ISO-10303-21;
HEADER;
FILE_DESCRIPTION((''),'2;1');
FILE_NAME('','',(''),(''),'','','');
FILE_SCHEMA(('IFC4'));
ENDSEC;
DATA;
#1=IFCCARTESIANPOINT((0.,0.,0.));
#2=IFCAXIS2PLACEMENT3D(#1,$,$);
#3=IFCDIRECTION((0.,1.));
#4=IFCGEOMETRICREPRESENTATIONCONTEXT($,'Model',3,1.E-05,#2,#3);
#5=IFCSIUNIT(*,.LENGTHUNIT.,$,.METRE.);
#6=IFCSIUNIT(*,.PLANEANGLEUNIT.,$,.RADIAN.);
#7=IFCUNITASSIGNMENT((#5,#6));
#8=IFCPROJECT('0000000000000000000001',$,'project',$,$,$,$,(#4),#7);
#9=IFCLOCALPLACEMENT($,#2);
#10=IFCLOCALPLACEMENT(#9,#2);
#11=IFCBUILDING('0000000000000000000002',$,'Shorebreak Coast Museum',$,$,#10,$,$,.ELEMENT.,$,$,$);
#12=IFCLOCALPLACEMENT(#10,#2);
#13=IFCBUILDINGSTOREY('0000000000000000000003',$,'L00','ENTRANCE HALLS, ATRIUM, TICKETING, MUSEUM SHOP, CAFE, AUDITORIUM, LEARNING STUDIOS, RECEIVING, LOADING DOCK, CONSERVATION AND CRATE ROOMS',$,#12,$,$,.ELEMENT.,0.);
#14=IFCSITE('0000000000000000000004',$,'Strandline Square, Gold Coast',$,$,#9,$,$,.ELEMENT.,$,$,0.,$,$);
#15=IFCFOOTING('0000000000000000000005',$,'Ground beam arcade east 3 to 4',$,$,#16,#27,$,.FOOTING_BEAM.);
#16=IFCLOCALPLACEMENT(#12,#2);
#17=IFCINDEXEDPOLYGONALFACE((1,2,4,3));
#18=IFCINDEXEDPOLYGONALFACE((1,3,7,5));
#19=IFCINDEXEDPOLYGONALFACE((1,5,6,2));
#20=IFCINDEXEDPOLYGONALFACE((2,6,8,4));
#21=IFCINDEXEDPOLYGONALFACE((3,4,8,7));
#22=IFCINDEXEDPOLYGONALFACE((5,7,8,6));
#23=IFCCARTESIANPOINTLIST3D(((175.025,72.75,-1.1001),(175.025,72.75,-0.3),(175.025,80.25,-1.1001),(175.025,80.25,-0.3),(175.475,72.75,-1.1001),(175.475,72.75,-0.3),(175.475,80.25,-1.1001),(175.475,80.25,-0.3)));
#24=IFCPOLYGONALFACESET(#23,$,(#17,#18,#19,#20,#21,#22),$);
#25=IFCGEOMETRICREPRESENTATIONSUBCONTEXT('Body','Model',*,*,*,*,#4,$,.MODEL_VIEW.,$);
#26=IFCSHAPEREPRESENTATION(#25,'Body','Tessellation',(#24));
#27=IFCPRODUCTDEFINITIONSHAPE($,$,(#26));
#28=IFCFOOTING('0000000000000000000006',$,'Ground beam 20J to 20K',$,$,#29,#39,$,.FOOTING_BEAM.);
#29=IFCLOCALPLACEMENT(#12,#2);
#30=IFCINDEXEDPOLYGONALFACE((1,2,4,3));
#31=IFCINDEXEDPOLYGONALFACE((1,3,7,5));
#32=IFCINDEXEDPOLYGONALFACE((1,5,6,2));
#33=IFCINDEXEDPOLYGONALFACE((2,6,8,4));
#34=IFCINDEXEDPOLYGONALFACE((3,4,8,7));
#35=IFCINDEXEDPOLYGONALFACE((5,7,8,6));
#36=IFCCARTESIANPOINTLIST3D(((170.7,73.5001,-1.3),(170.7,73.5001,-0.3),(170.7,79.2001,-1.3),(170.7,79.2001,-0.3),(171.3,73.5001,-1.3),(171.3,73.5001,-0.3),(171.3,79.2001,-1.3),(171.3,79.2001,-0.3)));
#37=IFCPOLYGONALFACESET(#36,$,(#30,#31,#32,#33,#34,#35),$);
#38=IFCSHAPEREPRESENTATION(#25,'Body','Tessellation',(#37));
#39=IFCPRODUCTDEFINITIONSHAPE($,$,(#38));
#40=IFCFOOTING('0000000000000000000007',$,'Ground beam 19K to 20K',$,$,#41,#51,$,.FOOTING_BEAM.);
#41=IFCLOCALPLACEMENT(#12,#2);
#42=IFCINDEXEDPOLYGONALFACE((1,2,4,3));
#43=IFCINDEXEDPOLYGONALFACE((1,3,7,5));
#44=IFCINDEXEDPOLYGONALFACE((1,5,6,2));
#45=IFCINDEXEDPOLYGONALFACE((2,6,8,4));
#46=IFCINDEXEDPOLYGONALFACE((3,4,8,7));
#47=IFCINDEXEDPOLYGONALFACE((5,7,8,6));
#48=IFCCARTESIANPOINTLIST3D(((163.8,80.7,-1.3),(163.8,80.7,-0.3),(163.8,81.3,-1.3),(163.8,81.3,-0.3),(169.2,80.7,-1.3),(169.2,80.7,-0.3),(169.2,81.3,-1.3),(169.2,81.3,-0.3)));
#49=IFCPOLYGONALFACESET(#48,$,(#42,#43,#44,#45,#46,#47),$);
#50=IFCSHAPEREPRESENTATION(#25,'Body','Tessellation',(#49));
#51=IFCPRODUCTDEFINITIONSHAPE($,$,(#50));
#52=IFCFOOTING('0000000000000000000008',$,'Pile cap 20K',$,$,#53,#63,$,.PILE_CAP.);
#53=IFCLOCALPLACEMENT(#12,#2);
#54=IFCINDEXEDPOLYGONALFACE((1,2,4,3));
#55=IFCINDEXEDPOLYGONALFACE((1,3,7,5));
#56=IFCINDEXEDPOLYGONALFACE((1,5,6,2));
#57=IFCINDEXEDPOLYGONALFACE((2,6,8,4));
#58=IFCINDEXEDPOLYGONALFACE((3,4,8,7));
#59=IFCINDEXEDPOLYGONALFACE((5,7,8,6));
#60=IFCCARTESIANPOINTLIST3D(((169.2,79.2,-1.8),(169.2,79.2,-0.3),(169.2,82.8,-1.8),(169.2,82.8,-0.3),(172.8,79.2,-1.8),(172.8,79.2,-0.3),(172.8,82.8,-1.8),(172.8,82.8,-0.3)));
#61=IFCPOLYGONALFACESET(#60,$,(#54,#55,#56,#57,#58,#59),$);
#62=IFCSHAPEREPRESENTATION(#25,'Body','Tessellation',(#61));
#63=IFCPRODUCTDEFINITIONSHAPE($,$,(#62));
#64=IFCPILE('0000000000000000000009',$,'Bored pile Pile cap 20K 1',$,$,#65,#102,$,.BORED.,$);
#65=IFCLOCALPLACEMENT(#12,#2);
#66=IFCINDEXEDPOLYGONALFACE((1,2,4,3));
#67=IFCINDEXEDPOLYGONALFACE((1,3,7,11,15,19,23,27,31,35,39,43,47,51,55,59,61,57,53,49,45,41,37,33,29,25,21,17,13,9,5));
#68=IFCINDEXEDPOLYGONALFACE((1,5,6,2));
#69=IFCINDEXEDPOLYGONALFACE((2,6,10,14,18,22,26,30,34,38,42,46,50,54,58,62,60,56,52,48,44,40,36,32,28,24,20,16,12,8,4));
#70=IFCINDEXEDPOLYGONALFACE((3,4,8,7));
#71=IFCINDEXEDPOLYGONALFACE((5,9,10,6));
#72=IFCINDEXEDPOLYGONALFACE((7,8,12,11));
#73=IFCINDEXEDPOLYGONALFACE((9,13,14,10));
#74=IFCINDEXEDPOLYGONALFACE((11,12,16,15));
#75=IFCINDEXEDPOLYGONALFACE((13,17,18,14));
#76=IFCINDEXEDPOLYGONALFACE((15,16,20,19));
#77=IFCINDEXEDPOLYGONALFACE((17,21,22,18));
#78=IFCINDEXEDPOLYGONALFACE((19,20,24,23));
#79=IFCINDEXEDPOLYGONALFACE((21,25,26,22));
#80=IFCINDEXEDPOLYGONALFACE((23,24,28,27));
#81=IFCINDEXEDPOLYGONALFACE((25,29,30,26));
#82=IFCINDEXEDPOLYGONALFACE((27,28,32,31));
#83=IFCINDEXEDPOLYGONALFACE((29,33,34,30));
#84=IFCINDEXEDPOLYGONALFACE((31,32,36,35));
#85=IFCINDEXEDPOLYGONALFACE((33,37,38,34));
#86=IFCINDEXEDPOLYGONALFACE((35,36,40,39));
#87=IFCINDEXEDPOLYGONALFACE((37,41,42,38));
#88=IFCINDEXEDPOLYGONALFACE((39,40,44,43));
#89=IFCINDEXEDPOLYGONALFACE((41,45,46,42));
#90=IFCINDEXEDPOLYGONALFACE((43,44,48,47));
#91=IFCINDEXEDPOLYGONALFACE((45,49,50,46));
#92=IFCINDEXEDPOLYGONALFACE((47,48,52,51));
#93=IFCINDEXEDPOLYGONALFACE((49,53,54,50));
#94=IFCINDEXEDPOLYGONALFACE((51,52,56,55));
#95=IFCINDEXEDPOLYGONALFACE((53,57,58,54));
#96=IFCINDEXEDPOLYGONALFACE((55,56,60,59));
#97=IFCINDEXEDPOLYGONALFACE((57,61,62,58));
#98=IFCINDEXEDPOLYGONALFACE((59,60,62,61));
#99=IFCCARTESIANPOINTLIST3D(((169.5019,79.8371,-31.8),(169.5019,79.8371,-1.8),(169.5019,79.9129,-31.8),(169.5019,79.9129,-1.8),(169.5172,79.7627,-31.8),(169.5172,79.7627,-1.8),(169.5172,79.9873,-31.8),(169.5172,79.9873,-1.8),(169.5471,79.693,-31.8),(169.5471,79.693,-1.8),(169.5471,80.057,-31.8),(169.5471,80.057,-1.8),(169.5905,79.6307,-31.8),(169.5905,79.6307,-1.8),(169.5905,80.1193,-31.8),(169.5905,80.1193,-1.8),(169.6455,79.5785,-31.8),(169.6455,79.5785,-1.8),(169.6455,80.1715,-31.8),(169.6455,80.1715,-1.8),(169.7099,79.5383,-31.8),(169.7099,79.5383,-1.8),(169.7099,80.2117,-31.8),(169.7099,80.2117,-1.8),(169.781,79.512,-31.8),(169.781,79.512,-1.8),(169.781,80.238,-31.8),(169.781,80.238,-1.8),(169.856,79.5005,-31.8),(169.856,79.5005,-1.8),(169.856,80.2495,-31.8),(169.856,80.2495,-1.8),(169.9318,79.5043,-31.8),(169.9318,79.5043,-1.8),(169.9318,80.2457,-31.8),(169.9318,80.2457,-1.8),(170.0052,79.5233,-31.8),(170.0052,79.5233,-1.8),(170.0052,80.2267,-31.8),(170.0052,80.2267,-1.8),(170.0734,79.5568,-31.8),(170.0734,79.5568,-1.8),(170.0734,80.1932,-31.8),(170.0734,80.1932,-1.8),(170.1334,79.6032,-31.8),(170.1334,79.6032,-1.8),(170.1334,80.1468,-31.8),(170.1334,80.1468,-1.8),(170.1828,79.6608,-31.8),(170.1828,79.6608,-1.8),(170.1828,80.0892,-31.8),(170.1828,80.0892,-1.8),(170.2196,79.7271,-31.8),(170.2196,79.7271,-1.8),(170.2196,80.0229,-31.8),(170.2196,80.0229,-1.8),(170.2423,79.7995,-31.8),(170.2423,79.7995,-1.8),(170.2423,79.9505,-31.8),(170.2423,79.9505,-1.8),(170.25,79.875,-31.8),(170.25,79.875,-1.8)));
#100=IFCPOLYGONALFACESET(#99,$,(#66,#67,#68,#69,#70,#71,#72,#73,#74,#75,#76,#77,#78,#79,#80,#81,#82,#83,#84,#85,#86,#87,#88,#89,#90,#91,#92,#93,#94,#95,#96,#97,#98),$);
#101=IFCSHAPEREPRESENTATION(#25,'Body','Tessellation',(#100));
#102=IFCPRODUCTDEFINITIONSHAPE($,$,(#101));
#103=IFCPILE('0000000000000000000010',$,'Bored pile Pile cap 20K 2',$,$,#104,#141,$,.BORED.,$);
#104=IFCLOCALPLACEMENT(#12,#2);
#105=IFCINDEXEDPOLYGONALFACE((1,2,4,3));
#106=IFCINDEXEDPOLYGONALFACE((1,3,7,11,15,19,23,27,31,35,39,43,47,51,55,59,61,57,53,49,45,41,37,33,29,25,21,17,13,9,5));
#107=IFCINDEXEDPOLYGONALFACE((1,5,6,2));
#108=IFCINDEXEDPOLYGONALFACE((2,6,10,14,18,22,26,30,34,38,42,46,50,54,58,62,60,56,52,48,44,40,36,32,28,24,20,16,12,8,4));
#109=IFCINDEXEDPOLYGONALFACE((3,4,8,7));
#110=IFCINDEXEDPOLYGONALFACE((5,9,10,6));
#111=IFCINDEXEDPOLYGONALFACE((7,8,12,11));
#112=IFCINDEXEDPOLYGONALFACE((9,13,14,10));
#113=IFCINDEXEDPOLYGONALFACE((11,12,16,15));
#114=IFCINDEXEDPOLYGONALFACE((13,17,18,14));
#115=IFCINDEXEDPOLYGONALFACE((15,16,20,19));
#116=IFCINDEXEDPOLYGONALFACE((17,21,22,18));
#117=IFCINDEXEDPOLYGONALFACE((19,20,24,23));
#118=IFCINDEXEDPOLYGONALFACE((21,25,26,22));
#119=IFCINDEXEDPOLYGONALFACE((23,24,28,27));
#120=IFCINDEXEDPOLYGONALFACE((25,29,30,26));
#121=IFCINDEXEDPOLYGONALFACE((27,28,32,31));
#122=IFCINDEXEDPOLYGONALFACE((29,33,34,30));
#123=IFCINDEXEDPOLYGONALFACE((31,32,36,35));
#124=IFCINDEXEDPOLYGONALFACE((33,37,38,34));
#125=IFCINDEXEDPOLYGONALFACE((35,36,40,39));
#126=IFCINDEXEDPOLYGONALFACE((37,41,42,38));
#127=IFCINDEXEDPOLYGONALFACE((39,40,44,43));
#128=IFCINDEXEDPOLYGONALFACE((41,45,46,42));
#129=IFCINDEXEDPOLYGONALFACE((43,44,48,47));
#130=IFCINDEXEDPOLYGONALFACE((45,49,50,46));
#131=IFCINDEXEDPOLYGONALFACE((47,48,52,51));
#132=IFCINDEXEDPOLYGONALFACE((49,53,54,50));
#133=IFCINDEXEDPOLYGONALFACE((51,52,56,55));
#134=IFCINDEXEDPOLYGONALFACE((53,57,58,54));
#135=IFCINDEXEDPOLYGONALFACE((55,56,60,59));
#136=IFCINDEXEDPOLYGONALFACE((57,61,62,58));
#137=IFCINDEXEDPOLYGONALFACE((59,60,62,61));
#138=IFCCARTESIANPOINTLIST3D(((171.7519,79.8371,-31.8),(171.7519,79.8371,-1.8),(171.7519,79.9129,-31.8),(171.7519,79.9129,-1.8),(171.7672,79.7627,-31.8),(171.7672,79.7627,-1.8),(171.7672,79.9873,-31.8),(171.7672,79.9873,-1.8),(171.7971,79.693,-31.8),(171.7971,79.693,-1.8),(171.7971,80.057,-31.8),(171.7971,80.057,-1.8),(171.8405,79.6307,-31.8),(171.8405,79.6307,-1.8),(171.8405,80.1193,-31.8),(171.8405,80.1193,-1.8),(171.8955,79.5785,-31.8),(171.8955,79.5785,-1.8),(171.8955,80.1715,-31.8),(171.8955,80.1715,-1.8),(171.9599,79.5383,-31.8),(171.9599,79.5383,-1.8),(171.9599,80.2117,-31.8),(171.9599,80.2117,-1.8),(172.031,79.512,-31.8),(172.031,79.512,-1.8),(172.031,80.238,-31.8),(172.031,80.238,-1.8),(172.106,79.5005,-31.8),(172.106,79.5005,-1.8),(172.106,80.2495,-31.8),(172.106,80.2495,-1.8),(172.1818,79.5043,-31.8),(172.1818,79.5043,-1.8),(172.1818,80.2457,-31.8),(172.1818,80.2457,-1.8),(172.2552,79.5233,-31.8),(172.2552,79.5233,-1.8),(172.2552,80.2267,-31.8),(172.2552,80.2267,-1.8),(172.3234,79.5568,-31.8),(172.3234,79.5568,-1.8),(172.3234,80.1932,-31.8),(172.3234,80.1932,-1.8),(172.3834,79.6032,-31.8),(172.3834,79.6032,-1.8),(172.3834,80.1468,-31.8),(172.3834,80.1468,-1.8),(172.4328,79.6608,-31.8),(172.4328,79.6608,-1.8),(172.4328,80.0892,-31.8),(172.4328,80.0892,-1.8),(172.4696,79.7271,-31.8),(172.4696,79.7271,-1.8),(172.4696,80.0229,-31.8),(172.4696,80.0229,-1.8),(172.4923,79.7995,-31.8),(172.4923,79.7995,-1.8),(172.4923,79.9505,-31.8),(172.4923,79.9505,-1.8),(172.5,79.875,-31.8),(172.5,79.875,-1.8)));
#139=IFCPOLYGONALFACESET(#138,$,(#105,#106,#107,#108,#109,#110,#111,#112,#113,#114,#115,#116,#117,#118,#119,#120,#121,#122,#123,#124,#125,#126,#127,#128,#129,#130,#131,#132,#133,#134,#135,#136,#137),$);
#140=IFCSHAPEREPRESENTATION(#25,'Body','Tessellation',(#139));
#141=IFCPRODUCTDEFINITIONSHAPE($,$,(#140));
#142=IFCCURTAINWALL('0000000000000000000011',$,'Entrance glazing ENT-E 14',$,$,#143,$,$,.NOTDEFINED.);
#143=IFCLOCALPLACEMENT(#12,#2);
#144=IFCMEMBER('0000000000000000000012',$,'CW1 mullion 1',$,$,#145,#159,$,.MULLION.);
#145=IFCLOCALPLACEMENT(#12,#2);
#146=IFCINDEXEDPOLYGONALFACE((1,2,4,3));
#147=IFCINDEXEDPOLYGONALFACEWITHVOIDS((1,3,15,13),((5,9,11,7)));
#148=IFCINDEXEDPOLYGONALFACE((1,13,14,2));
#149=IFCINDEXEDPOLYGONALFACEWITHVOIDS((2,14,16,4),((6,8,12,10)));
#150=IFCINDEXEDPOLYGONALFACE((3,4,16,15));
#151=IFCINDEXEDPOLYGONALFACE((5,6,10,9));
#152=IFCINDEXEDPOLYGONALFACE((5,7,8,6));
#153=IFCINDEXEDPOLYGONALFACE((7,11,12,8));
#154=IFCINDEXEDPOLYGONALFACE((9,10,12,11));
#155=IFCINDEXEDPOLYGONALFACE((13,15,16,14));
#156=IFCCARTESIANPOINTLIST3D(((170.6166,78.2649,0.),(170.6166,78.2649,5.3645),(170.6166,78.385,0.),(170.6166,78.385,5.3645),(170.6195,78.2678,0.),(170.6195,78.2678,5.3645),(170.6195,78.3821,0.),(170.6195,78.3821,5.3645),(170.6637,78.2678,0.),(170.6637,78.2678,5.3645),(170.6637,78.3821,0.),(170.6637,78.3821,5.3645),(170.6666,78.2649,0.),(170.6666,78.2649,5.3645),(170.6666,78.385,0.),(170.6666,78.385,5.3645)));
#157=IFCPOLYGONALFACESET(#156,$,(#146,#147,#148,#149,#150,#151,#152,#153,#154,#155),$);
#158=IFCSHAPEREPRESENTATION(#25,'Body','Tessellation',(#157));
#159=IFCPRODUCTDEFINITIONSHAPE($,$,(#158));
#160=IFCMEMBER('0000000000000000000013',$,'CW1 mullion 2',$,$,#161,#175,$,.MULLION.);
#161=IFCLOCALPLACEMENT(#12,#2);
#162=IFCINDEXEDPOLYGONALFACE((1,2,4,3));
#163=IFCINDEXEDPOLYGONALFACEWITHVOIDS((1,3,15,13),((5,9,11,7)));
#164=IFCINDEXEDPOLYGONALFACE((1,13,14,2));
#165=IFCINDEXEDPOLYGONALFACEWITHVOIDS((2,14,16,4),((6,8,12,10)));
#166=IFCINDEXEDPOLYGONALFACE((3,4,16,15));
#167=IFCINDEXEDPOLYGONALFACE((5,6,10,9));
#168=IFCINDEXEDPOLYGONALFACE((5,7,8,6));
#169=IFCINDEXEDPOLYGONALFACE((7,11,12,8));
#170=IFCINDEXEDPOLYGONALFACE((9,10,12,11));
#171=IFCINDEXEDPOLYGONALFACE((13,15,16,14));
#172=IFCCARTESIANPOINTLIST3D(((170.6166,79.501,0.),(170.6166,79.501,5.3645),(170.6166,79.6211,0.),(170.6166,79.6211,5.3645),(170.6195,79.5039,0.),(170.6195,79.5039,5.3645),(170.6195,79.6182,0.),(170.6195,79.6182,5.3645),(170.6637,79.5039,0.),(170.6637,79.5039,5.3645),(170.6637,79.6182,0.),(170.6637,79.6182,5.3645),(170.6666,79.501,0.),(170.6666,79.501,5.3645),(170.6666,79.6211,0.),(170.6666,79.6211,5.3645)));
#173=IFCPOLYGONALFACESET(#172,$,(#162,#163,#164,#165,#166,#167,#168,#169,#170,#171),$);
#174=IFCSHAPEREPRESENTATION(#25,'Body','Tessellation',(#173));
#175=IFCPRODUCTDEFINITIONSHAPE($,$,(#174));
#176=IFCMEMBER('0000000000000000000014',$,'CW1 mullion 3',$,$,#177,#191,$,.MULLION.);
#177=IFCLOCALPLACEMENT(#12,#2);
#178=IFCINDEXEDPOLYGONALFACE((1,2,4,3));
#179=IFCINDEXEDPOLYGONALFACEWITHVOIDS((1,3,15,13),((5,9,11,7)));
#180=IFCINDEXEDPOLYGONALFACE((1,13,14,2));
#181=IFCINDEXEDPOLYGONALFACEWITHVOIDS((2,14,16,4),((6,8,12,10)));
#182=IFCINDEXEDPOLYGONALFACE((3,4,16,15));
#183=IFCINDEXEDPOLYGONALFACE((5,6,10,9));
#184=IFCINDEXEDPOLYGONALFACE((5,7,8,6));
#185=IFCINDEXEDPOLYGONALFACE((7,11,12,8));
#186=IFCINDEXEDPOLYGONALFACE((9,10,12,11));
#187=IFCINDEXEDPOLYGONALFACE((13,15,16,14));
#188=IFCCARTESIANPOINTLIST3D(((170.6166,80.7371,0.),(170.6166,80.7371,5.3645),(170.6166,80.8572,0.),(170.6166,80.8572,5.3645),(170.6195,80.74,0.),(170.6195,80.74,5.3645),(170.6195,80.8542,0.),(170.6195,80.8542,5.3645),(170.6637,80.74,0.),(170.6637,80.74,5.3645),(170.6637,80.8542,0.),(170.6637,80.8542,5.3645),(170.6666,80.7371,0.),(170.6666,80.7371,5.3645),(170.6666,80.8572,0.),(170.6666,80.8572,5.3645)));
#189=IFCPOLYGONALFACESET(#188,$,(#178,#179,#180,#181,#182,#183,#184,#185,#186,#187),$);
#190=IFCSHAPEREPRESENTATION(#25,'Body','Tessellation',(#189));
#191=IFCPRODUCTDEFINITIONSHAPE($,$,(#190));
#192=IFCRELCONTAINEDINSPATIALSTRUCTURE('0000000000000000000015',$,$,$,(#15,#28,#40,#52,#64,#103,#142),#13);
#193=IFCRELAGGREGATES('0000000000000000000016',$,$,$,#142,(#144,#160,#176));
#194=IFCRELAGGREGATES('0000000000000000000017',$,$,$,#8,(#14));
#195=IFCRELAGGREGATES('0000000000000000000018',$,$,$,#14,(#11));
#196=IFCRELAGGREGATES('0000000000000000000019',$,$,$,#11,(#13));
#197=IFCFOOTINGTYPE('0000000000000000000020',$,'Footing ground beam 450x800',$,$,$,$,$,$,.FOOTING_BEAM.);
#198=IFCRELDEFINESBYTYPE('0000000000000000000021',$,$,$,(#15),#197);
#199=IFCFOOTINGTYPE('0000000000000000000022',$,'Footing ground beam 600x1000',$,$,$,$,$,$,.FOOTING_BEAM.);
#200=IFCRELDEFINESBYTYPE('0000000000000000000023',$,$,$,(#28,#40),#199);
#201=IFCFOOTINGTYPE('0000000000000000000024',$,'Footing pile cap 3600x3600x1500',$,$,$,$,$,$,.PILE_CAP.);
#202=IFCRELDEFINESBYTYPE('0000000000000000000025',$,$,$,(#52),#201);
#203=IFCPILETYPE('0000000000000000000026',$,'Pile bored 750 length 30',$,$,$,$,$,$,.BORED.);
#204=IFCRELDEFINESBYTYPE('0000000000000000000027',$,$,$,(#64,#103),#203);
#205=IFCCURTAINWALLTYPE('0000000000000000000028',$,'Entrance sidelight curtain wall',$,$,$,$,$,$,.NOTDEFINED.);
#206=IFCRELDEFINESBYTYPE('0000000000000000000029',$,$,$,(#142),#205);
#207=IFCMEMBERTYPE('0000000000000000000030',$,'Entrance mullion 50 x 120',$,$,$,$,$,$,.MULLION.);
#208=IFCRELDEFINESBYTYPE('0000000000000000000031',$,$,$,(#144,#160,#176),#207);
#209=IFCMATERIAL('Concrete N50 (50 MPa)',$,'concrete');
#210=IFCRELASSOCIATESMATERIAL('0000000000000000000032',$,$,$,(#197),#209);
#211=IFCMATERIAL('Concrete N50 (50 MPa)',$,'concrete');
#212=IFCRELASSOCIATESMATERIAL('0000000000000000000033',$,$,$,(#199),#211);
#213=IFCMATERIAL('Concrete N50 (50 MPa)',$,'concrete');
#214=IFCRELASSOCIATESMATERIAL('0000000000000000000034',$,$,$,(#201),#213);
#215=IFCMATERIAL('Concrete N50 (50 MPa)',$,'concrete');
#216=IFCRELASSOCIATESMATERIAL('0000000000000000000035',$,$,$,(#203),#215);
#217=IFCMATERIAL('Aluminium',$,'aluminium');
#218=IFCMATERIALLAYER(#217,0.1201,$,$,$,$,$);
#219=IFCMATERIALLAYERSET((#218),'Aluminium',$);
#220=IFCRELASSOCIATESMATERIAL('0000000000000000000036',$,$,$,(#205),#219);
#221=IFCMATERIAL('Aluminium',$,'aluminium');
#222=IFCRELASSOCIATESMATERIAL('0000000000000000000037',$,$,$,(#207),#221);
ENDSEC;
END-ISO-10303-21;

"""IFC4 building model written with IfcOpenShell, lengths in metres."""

from ifc_helpers import new_model, si_unit, direction, frame, origin, origin_2d, place, context, subcontext, project, spatial, rectangle, hollow_rectangle, circle, extrude, material, layer, layer_set, material_profile, profile_set, type_object, element, aggregate, save


model = new_model("IFC4")

# Units and contexts
model_context = context("Model", 3, precision=1e-05, world=origin(), true_north=direction((0.0, 1.0)))
body_context = subcontext(model_context, "Body", "Model", "MODEL_VIEW")
ifc_project = project(units=[si_unit("LENGTHUNIT", "METRE"), si_unit("PLANEANGLEUNIT", "RADIAN")], contexts=[model_context])

# Site, building, storey
site_placement = place(None, origin())
site = spatial("IfcSite", under=ifc_project, at=site_placement, Name="Strandline Square, Gold Coast", CompositionType="ELEMENT", RefElevation=0.0)
building_placement = place(site_placement, origin())
building = spatial("IfcBuilding", under=site, at=building_placement, Name="Shorebreak Coast Museum", CompositionType="ELEMENT")
storey_placement = place(building_placement, origin())
storey = spatial("IfcBuildingStorey", under=building, at=storey_placement, Name="L00", Description="ENTRANCE HALLS, ATRIUM, TICKETING, MUSEUM SHOP, CAFE, AUDITORIUM, LEARNING STUDIOS, RECEIVING, LOADING DOCK, CONSERVATION AND CRATE ROOMS", CompositionType="ELEMENT", Elevation=0.0)

# Footings
ifc_material_1 = material(Name="Concrete N50 (50 MPa)", Category="concrete")
footing_type_1 = type_object("IfcFootingType", Name="Footing ground beam 450x800", PredefinedType="FOOTING_BEAM", material=ifc_material_1)
footing_1_placement = place(storey_placement, frame((175.25, 76.5, -1.1001), z_axis=(0.0, 0.0, 1.0), x_axis=(1.0, 0.0, 0.0)))
element("IfcFooting", 1, at=footing_1_placement, inside=storey, type_object=footing_type_1, Name="Ground beam arcade east 3 to 4", PredefinedType="FOOTING_BEAM", context=body_context, shape_type="SweptSolid", body=[
    extrude(rectangle(XDim=0.45, YDim=7.5, at=origin_2d()), origin(), (0.0, 0.0, 1.0), 0.8),
])
ifc_material_2 = material(Name="Concrete N50 (50 MPa)", Category="concrete")
footing_type_2 = type_object("IfcFootingType", Name="Footing ground beam 600x1000", PredefinedType="FOOTING_BEAM", material=ifc_material_2)
footing_2_placement = place(storey_placement, frame((171.0, 76.3501, -1.3), z_axis=(0.0, 0.0, 1.0), x_axis=(1.0, 0.0, 0.0)))
element("IfcFooting", 2, at=footing_2_placement, inside=storey, type_object=footing_type_2, Name="Ground beam 20J to 20K", PredefinedType="FOOTING_BEAM", context=body_context, shape_type="SweptSolid", body=[
    extrude(rectangle(XDim=0.6001, YDim=5.7, at=origin_2d()), origin(), (0.0, 0.0, 1.0), 1.0),
])
footing_3_placement = place(storey_placement, frame((166.5, 81.0, -1.3), z_axis=(0.0, 0.0, 1.0), x_axis=(1.0, 0.0, 0.0)))
element("IfcFooting", 3, at=footing_3_placement, inside=storey, type_object=footing_type_2, Name="Ground beam 19K to 20K", PredefinedType="FOOTING_BEAM", context=body_context, shape_type="SweptSolid", body=[
    extrude(rectangle(XDim=5.3999, YDim=0.6001, at=origin_2d()), origin(), (0.0, 0.0, 1.0), 1.0),
])
ifc_material_3 = material(Name="Concrete N50 (50 MPa)", Category="concrete")
footing_type_3 = type_object("IfcFootingType", Name="Footing pile cap 3600x3600x1500", PredefinedType="PILE_CAP", material=ifc_material_3)
footing_4_placement = place(storey_placement, frame((171.0, 81.0, -1.8), z_axis=(0.0, 0.0, 1.0), x_axis=(1.0, 0.0, 0.0)))
element("IfcFooting", 4, at=footing_4_placement, inside=storey, type_object=footing_type_3, Name="Pile cap 20K", PredefinedType="PILE_CAP", context=body_context, shape_type="SweptSolid", body=[
    extrude(rectangle(XDim=3.6001, YDim=3.6001, at=origin_2d()), origin(), (0.0, 0.0, 1.0), 1.5),
])

# Piles
ifc_material_4 = material(Name="Concrete N50 (50 MPa)", Category="concrete")
ifc_material_profile_1 = material_profile(ifc_material_4, circle(Radius=0.375, at=origin_2d()), Name="Pile bored 750 length 30")
ifc_profile_set_1 = profile_set([ifc_material_profile_1], Name="Concrete N50 (50 MPa)")
pile_type = type_object("IfcPileType", Name="Pile bored 750 length 30", PredefinedType="BORED", material=ifc_profile_set_1)
for number, where, z_axis, x_axis, name in (
    (5, (169.875, 79.875, -1.8), (0.0, 0.0, -1.0), (1.0, 0.0, 0.0), "Bored pile Pile cap 20K 1"),
    (6, (172.125, 79.875, -1.8), (0.0, 0.0, -1.0), (1.0, 0.0, 0.0), "Bored pile Pile cap 20K 2"),
):
    element("IfcPile", number, at=place(storey_placement, frame(where, z_axis=z_axis, x_axis=x_axis)), inside=storey, type_object=pile_type, Name=name, PredefinedType="BORED", context=body_context, shape_type="SweptSolid", body=[
        extrude(circle(Radius=0.375, at=origin_2d()), origin(), (0.0, 0.0, 1.0), 30.0),
    ])

# Curtain wall, members
ifc_material_5 = material(Name="Aluminium", Category="aluminium")
ifc_layer_1 = layer(ifc_material_5, 0.1201)
ifc_layer_set_1 = layer_set([ifc_layer_1], Name="Aluminium")
curtain_wall_type = type_object("IfcCurtainWallType", Name="Entrance sidelight curtain wall", PredefinedType="NOTDEFINED", material=ifc_layer_set_1)
curtain_wall_placement = place(storey_placement, origin())
curtain_wall = element("IfcCurtainWall", 7, at=curtain_wall_placement, inside=storey, type_object=curtain_wall_type, Name="Entrance glazing ENT-E 14", PredefinedType="NOTDEFINED")
ifc_material_6 = material(Name="Aluminium", Category="aluminium")
ifc_material_profile_2 = material_profile(ifc_material_6, hollow_rectangle(XDim=0.05, YDim=0.1201, WallThickness=0.0029, at=origin_2d()), Name="AL 120x50 RHS")
ifc_profile_set_2 = profile_set([ifc_material_profile_2], Name="Aluminium")
member_type_1 = type_object("IfcMemberType", Name="Entrance mullion 50 x 120", PredefinedType="MULLION", material=ifc_profile_set_2)
member_1_placement = place(storey_placement, frame((170.6416, 78.325, 0.0), z_axis=(0.0, 0.0, 1.0), x_axis=(-1.0, 0.0, 0.0)))
member_1 = element("IfcMember", 8, at=member_1_placement, type_object=member_type_1, Name="CW1 mullion 1", PredefinedType="MULLION", context=body_context, shape_type="SweptSolid", body=[
    extrude(hollow_rectangle(XDim=0.05, YDim=0.1201, WallThickness=0.0029, at=origin_2d()), origin(), (0.0, 0.0, 1.0), 5.3645),
])
member_2_placement = place(storey_placement, frame((170.6416, 79.561, 0.0), z_axis=(0.0, 0.0, 1.0), x_axis=(-1.0, 0.0, 0.0)))
member_2 = element("IfcMember", 9, at=member_2_placement, type_object=member_type_1, Name="CW1 mullion 2", PredefinedType="MULLION", context=body_context, shape_type="SweptSolid", body=[
    extrude(hollow_rectangle(XDim=0.05, YDim=0.1201, WallThickness=0.0029, at=origin_2d()), origin(), (0.0, 0.0, 1.0), 5.3645),
])
member_3_placement = place(storey_placement, frame((170.6416, 80.7971, 0.0), z_axis=(0.0, 0.0, 1.0), x_axis=(-1.0, 0.0, 0.0)))
member_3 = element("IfcMember", 10, at=member_3_placement, type_object=member_type_1, Name="CW1 mullion 3", PredefinedType="MULLION", context=body_context, shape_type="SweptSolid", body=[
    extrude(hollow_rectangle(XDim=0.05, YDim=0.1201, WallThickness=0.0029, at=origin_2d()), origin(), (0.0, 0.0, 1.0), 5.3645),
])

aggregate(curtain_wall, [member_1, member_2, member_3])

save(model, "model.ifc")
